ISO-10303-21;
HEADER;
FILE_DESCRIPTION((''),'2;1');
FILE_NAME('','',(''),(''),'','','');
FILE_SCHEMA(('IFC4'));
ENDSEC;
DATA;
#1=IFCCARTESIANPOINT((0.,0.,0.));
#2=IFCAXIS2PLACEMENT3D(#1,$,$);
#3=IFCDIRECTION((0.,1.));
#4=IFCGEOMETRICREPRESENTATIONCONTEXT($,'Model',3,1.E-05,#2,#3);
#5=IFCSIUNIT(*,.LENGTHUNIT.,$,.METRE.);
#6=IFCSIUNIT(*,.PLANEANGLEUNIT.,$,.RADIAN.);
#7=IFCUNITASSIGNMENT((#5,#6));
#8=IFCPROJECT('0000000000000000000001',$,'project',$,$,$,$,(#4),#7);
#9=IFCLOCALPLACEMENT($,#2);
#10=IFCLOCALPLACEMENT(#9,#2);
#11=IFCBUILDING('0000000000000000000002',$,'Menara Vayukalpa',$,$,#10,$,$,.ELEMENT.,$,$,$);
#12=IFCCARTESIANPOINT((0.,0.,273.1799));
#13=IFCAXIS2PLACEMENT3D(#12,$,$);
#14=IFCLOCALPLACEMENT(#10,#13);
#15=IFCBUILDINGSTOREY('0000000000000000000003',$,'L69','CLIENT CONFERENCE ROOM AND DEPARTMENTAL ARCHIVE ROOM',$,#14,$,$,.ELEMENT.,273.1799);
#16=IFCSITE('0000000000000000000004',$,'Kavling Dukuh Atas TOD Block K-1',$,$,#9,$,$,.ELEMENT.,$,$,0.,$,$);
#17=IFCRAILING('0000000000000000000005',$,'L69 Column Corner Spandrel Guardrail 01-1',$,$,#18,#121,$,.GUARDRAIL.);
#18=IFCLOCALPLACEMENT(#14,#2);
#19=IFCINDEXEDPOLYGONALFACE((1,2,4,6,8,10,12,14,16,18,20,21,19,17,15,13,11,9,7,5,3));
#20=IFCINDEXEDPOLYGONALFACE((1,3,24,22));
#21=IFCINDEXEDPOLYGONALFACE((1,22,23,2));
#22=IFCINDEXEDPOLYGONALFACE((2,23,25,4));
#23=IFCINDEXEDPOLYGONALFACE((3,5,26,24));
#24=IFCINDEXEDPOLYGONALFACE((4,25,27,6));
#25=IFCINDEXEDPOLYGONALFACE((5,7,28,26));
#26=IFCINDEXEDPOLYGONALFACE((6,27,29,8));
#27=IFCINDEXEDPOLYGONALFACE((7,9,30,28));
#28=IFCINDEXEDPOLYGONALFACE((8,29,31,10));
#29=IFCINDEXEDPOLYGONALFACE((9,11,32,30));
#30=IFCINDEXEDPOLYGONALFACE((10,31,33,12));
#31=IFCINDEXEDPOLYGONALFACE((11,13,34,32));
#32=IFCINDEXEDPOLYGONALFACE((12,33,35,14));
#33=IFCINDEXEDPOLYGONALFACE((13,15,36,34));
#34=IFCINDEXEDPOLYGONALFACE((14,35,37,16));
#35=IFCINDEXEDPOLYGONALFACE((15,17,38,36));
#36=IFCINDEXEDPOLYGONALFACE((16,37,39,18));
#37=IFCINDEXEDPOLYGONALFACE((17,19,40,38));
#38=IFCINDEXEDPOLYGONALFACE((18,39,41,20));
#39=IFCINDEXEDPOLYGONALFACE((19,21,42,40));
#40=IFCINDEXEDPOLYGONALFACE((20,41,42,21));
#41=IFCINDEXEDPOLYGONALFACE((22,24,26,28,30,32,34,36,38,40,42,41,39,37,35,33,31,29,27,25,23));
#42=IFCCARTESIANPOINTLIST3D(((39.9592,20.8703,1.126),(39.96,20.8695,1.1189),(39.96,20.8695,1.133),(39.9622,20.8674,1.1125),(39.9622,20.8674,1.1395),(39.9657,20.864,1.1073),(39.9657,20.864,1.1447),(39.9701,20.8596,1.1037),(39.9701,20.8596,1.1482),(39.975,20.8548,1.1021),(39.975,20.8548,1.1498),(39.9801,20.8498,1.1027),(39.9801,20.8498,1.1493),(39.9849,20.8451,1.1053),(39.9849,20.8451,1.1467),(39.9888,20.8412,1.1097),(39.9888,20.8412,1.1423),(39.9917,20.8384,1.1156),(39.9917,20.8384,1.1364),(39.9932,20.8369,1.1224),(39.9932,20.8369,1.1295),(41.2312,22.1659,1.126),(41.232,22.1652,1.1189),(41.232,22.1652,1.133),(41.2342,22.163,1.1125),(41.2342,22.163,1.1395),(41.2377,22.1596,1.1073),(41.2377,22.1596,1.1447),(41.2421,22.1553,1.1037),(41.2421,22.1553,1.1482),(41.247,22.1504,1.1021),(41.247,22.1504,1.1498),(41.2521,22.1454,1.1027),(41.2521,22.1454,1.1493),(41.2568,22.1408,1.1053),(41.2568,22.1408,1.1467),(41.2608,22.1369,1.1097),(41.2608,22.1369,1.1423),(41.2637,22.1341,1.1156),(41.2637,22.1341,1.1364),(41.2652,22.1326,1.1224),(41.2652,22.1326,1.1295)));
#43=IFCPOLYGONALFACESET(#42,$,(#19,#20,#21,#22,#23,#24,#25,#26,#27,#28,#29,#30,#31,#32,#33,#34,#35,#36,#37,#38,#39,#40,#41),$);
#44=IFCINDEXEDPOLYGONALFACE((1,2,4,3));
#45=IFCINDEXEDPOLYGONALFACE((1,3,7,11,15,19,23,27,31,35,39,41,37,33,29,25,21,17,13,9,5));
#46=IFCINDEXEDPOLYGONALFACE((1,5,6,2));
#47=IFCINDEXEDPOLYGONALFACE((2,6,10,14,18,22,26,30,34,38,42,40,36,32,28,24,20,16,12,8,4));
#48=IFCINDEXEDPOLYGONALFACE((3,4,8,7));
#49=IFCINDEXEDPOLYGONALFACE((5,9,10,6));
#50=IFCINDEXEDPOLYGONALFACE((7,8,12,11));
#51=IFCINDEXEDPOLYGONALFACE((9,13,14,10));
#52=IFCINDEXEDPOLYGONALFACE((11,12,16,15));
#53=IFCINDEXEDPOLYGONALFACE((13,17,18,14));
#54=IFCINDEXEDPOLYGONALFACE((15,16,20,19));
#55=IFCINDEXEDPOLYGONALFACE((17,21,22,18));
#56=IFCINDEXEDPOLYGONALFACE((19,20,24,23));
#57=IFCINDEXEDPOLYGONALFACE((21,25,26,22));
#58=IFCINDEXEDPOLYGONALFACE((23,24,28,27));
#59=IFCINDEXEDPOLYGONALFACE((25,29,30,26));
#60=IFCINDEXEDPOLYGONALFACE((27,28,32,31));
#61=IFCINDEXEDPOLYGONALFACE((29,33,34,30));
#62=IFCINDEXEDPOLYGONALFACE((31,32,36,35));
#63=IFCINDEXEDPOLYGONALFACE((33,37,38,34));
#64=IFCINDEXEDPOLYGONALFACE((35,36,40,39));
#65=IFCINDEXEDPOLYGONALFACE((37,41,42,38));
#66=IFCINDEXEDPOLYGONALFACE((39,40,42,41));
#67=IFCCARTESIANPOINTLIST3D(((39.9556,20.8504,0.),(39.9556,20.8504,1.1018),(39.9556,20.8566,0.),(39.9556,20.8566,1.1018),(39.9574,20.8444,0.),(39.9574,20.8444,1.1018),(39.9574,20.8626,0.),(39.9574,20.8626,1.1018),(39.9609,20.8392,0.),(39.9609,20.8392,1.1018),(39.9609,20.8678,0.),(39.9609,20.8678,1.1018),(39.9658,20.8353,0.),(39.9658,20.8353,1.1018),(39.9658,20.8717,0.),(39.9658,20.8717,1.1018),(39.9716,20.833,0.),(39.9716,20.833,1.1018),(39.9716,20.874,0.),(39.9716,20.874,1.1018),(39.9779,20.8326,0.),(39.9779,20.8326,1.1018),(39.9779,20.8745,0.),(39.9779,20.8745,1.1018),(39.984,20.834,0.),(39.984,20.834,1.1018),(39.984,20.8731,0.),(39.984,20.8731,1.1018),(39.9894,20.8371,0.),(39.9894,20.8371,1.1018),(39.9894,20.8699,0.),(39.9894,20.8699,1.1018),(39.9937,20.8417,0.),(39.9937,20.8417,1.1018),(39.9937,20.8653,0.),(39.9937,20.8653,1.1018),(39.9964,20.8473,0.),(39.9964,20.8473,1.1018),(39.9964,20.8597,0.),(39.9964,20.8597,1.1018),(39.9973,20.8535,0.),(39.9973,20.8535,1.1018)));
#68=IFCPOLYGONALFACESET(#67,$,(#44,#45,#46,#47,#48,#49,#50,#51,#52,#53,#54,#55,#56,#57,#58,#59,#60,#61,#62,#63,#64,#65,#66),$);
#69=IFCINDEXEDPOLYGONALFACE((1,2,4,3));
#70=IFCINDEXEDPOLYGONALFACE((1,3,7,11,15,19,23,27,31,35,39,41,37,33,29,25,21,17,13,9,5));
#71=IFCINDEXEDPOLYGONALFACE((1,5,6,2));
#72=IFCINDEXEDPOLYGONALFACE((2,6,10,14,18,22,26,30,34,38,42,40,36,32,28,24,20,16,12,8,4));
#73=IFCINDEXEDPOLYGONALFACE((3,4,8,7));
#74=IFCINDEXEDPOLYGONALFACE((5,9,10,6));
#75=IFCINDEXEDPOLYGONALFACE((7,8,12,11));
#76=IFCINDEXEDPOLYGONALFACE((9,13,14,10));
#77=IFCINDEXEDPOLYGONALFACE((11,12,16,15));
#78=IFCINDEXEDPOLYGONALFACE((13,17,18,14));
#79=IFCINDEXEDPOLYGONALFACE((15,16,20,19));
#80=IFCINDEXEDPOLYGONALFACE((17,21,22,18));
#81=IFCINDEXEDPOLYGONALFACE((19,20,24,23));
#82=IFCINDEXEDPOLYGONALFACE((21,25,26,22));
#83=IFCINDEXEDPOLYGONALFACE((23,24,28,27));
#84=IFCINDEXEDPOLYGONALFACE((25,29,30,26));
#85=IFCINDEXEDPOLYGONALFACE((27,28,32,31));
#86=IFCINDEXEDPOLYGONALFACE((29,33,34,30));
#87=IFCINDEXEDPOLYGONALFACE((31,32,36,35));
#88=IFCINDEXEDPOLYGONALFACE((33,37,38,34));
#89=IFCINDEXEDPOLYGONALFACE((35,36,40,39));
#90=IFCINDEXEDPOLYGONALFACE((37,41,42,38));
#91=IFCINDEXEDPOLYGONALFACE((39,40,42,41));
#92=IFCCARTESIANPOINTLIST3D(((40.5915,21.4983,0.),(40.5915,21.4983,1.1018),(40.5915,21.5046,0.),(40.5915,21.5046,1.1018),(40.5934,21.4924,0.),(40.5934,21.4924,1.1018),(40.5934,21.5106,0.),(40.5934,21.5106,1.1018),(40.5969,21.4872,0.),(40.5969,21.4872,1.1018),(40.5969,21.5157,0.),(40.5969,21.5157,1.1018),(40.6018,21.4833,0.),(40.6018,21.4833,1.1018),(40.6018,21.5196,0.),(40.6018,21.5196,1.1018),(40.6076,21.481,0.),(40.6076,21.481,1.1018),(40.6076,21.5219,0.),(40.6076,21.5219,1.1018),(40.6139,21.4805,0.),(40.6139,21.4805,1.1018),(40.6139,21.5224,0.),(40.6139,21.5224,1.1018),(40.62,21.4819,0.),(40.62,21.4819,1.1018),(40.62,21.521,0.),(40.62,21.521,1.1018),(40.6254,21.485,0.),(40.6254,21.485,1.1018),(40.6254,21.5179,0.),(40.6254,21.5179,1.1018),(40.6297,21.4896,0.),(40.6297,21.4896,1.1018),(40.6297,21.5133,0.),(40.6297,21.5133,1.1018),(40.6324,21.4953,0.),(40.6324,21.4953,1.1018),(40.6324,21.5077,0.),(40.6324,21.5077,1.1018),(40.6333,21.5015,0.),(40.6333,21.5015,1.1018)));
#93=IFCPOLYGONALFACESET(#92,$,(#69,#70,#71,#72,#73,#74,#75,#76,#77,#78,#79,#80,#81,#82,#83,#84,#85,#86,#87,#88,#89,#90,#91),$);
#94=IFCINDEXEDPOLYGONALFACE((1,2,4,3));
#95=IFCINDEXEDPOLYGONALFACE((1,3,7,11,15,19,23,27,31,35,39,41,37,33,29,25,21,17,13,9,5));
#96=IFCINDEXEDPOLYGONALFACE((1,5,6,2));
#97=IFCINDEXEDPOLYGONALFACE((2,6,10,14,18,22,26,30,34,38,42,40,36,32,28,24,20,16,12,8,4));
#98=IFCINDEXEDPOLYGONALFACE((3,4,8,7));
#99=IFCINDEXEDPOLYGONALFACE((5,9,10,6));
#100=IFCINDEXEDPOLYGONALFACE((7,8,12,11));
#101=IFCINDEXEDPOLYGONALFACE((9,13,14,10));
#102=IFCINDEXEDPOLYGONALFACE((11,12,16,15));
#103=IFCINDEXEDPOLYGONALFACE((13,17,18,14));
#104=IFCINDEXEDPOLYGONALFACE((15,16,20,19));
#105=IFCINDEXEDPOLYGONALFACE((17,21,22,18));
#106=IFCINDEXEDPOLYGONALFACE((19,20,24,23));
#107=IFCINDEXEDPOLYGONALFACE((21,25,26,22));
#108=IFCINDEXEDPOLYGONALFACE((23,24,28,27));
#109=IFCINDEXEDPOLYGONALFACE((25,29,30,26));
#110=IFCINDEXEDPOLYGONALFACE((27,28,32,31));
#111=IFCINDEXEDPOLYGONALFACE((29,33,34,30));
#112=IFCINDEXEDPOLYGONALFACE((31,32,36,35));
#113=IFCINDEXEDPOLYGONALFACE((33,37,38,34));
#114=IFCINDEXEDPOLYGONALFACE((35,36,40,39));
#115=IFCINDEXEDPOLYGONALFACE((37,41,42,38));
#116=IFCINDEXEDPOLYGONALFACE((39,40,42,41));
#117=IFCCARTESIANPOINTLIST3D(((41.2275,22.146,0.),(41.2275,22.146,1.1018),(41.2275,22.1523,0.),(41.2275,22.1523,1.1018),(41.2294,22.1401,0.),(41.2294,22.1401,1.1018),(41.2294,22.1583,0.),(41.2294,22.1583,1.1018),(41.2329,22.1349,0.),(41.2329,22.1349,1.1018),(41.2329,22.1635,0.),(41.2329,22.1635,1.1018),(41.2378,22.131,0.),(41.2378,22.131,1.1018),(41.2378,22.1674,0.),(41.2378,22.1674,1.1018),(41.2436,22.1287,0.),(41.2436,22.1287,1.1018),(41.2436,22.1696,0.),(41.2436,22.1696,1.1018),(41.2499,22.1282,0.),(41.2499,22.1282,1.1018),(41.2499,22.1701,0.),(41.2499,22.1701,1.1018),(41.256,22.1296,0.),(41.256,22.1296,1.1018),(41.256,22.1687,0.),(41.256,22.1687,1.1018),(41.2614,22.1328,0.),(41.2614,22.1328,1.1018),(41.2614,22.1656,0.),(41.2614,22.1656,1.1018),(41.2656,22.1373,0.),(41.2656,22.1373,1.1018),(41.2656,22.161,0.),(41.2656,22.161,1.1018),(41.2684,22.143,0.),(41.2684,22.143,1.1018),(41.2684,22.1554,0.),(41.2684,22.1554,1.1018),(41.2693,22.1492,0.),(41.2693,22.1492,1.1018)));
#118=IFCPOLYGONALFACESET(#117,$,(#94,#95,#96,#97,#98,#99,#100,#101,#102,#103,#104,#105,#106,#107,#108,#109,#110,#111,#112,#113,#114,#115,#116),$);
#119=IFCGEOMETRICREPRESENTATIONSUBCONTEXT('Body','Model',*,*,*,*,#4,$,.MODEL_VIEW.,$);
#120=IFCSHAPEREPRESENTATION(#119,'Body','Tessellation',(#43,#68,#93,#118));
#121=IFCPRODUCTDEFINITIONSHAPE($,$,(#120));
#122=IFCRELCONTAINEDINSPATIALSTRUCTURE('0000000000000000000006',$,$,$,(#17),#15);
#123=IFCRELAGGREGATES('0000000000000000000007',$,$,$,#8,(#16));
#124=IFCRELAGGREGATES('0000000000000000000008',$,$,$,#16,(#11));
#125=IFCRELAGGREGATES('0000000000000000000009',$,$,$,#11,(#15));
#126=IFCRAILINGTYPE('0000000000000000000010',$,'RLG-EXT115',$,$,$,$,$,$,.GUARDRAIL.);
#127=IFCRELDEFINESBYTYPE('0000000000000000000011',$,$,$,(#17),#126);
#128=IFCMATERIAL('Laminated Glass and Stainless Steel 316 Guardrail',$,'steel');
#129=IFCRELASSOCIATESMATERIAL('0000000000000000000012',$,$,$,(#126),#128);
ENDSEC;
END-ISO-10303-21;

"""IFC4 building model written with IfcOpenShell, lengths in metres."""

from ifc_helpers import new_model, si_unit, direction, frame, origin, origin_2d, place, context, subcontext, project, spatial, circle, extrude, material, type_object, element, save


model = new_model("IFC4")

# Units and contexts
model_context = context("Model", 3, precision=1e-05, world=origin(), true_north=direction((0.0, 1.0)))
body_context = subcontext(model_context, "Body", "Model", "MODEL_VIEW")
ifc_project = project(units=[si_unit("LENGTHUNIT", "METRE"), si_unit("PLANEANGLEUNIT", "RADIAN")], contexts=[model_context])

# Site, building, storey
site_placement = place(None, origin())
site = spatial("IfcSite", under=ifc_project, at=site_placement, Name="Kavling Dukuh Atas TOD Block K-1", CompositionType="ELEMENT", RefElevation=0.0)
building_placement = place(site_placement, origin())
building = spatial("IfcBuilding", under=site, at=building_placement, Name="Menara Vayukalpa", CompositionType="ELEMENT")
storey_placement = place(building_placement, frame((0.0, 0.0, 273.1799)))
storey = spatial("IfcBuildingStorey", under=building, at=storey_placement, Name="L69", Description="CLIENT CONFERENCE ROOM AND DEPARTMENTAL ARCHIVE ROOM", CompositionType="ELEMENT", Elevation=273.1799)

# Railing
ifc_material_1 = material(Name="Laminated Glass and Stainless Steel 316 Guardrail", Category="steel")
railing_type_1 = type_object("IfcRailingType", Name="RLG-EXT115", PredefinedType="GUARDRAIL", material=ifc_material_1)
railing_1_placement = place(storey_placement, frame((39.9763, 20.8535, 0.0)))
element("IfcRailing", 1, at=railing_1_placement, inside=storey, type_object=railing_type_1, Name="L69 Column Corner Spandrel Guardrail 01-1", PredefinedType="GUARDRAIL", context=body_context, shape_type="SweptSolid", body=[
    extrude(circle(Radius=0.0239, at=origin_2d()), frame((0.0, 0.0, 1.126), z_axis=(0.700555, 0.713598, 0.0), x_axis=(-0.713598, 0.700555, 0.0)), (0.0, 0.0, 1.0), 1.8157),
    extrude(circle(Radius=0.021, at=origin_2d()), origin(), (0.0, 0.0, 1.0), 1.1018),
    extrude(circle(Radius=0.021, at=origin_2d()), frame((0.636, 0.6479, 0.0)), (0.0, 0.0, 1.0), 1.1018),
    extrude(circle(Radius=0.021, at=origin_2d()), frame((1.272, 1.2957, 0.0)), (0.0, 0.0, 1.0), 1.1018),
])

save(model, "model.ifc")
